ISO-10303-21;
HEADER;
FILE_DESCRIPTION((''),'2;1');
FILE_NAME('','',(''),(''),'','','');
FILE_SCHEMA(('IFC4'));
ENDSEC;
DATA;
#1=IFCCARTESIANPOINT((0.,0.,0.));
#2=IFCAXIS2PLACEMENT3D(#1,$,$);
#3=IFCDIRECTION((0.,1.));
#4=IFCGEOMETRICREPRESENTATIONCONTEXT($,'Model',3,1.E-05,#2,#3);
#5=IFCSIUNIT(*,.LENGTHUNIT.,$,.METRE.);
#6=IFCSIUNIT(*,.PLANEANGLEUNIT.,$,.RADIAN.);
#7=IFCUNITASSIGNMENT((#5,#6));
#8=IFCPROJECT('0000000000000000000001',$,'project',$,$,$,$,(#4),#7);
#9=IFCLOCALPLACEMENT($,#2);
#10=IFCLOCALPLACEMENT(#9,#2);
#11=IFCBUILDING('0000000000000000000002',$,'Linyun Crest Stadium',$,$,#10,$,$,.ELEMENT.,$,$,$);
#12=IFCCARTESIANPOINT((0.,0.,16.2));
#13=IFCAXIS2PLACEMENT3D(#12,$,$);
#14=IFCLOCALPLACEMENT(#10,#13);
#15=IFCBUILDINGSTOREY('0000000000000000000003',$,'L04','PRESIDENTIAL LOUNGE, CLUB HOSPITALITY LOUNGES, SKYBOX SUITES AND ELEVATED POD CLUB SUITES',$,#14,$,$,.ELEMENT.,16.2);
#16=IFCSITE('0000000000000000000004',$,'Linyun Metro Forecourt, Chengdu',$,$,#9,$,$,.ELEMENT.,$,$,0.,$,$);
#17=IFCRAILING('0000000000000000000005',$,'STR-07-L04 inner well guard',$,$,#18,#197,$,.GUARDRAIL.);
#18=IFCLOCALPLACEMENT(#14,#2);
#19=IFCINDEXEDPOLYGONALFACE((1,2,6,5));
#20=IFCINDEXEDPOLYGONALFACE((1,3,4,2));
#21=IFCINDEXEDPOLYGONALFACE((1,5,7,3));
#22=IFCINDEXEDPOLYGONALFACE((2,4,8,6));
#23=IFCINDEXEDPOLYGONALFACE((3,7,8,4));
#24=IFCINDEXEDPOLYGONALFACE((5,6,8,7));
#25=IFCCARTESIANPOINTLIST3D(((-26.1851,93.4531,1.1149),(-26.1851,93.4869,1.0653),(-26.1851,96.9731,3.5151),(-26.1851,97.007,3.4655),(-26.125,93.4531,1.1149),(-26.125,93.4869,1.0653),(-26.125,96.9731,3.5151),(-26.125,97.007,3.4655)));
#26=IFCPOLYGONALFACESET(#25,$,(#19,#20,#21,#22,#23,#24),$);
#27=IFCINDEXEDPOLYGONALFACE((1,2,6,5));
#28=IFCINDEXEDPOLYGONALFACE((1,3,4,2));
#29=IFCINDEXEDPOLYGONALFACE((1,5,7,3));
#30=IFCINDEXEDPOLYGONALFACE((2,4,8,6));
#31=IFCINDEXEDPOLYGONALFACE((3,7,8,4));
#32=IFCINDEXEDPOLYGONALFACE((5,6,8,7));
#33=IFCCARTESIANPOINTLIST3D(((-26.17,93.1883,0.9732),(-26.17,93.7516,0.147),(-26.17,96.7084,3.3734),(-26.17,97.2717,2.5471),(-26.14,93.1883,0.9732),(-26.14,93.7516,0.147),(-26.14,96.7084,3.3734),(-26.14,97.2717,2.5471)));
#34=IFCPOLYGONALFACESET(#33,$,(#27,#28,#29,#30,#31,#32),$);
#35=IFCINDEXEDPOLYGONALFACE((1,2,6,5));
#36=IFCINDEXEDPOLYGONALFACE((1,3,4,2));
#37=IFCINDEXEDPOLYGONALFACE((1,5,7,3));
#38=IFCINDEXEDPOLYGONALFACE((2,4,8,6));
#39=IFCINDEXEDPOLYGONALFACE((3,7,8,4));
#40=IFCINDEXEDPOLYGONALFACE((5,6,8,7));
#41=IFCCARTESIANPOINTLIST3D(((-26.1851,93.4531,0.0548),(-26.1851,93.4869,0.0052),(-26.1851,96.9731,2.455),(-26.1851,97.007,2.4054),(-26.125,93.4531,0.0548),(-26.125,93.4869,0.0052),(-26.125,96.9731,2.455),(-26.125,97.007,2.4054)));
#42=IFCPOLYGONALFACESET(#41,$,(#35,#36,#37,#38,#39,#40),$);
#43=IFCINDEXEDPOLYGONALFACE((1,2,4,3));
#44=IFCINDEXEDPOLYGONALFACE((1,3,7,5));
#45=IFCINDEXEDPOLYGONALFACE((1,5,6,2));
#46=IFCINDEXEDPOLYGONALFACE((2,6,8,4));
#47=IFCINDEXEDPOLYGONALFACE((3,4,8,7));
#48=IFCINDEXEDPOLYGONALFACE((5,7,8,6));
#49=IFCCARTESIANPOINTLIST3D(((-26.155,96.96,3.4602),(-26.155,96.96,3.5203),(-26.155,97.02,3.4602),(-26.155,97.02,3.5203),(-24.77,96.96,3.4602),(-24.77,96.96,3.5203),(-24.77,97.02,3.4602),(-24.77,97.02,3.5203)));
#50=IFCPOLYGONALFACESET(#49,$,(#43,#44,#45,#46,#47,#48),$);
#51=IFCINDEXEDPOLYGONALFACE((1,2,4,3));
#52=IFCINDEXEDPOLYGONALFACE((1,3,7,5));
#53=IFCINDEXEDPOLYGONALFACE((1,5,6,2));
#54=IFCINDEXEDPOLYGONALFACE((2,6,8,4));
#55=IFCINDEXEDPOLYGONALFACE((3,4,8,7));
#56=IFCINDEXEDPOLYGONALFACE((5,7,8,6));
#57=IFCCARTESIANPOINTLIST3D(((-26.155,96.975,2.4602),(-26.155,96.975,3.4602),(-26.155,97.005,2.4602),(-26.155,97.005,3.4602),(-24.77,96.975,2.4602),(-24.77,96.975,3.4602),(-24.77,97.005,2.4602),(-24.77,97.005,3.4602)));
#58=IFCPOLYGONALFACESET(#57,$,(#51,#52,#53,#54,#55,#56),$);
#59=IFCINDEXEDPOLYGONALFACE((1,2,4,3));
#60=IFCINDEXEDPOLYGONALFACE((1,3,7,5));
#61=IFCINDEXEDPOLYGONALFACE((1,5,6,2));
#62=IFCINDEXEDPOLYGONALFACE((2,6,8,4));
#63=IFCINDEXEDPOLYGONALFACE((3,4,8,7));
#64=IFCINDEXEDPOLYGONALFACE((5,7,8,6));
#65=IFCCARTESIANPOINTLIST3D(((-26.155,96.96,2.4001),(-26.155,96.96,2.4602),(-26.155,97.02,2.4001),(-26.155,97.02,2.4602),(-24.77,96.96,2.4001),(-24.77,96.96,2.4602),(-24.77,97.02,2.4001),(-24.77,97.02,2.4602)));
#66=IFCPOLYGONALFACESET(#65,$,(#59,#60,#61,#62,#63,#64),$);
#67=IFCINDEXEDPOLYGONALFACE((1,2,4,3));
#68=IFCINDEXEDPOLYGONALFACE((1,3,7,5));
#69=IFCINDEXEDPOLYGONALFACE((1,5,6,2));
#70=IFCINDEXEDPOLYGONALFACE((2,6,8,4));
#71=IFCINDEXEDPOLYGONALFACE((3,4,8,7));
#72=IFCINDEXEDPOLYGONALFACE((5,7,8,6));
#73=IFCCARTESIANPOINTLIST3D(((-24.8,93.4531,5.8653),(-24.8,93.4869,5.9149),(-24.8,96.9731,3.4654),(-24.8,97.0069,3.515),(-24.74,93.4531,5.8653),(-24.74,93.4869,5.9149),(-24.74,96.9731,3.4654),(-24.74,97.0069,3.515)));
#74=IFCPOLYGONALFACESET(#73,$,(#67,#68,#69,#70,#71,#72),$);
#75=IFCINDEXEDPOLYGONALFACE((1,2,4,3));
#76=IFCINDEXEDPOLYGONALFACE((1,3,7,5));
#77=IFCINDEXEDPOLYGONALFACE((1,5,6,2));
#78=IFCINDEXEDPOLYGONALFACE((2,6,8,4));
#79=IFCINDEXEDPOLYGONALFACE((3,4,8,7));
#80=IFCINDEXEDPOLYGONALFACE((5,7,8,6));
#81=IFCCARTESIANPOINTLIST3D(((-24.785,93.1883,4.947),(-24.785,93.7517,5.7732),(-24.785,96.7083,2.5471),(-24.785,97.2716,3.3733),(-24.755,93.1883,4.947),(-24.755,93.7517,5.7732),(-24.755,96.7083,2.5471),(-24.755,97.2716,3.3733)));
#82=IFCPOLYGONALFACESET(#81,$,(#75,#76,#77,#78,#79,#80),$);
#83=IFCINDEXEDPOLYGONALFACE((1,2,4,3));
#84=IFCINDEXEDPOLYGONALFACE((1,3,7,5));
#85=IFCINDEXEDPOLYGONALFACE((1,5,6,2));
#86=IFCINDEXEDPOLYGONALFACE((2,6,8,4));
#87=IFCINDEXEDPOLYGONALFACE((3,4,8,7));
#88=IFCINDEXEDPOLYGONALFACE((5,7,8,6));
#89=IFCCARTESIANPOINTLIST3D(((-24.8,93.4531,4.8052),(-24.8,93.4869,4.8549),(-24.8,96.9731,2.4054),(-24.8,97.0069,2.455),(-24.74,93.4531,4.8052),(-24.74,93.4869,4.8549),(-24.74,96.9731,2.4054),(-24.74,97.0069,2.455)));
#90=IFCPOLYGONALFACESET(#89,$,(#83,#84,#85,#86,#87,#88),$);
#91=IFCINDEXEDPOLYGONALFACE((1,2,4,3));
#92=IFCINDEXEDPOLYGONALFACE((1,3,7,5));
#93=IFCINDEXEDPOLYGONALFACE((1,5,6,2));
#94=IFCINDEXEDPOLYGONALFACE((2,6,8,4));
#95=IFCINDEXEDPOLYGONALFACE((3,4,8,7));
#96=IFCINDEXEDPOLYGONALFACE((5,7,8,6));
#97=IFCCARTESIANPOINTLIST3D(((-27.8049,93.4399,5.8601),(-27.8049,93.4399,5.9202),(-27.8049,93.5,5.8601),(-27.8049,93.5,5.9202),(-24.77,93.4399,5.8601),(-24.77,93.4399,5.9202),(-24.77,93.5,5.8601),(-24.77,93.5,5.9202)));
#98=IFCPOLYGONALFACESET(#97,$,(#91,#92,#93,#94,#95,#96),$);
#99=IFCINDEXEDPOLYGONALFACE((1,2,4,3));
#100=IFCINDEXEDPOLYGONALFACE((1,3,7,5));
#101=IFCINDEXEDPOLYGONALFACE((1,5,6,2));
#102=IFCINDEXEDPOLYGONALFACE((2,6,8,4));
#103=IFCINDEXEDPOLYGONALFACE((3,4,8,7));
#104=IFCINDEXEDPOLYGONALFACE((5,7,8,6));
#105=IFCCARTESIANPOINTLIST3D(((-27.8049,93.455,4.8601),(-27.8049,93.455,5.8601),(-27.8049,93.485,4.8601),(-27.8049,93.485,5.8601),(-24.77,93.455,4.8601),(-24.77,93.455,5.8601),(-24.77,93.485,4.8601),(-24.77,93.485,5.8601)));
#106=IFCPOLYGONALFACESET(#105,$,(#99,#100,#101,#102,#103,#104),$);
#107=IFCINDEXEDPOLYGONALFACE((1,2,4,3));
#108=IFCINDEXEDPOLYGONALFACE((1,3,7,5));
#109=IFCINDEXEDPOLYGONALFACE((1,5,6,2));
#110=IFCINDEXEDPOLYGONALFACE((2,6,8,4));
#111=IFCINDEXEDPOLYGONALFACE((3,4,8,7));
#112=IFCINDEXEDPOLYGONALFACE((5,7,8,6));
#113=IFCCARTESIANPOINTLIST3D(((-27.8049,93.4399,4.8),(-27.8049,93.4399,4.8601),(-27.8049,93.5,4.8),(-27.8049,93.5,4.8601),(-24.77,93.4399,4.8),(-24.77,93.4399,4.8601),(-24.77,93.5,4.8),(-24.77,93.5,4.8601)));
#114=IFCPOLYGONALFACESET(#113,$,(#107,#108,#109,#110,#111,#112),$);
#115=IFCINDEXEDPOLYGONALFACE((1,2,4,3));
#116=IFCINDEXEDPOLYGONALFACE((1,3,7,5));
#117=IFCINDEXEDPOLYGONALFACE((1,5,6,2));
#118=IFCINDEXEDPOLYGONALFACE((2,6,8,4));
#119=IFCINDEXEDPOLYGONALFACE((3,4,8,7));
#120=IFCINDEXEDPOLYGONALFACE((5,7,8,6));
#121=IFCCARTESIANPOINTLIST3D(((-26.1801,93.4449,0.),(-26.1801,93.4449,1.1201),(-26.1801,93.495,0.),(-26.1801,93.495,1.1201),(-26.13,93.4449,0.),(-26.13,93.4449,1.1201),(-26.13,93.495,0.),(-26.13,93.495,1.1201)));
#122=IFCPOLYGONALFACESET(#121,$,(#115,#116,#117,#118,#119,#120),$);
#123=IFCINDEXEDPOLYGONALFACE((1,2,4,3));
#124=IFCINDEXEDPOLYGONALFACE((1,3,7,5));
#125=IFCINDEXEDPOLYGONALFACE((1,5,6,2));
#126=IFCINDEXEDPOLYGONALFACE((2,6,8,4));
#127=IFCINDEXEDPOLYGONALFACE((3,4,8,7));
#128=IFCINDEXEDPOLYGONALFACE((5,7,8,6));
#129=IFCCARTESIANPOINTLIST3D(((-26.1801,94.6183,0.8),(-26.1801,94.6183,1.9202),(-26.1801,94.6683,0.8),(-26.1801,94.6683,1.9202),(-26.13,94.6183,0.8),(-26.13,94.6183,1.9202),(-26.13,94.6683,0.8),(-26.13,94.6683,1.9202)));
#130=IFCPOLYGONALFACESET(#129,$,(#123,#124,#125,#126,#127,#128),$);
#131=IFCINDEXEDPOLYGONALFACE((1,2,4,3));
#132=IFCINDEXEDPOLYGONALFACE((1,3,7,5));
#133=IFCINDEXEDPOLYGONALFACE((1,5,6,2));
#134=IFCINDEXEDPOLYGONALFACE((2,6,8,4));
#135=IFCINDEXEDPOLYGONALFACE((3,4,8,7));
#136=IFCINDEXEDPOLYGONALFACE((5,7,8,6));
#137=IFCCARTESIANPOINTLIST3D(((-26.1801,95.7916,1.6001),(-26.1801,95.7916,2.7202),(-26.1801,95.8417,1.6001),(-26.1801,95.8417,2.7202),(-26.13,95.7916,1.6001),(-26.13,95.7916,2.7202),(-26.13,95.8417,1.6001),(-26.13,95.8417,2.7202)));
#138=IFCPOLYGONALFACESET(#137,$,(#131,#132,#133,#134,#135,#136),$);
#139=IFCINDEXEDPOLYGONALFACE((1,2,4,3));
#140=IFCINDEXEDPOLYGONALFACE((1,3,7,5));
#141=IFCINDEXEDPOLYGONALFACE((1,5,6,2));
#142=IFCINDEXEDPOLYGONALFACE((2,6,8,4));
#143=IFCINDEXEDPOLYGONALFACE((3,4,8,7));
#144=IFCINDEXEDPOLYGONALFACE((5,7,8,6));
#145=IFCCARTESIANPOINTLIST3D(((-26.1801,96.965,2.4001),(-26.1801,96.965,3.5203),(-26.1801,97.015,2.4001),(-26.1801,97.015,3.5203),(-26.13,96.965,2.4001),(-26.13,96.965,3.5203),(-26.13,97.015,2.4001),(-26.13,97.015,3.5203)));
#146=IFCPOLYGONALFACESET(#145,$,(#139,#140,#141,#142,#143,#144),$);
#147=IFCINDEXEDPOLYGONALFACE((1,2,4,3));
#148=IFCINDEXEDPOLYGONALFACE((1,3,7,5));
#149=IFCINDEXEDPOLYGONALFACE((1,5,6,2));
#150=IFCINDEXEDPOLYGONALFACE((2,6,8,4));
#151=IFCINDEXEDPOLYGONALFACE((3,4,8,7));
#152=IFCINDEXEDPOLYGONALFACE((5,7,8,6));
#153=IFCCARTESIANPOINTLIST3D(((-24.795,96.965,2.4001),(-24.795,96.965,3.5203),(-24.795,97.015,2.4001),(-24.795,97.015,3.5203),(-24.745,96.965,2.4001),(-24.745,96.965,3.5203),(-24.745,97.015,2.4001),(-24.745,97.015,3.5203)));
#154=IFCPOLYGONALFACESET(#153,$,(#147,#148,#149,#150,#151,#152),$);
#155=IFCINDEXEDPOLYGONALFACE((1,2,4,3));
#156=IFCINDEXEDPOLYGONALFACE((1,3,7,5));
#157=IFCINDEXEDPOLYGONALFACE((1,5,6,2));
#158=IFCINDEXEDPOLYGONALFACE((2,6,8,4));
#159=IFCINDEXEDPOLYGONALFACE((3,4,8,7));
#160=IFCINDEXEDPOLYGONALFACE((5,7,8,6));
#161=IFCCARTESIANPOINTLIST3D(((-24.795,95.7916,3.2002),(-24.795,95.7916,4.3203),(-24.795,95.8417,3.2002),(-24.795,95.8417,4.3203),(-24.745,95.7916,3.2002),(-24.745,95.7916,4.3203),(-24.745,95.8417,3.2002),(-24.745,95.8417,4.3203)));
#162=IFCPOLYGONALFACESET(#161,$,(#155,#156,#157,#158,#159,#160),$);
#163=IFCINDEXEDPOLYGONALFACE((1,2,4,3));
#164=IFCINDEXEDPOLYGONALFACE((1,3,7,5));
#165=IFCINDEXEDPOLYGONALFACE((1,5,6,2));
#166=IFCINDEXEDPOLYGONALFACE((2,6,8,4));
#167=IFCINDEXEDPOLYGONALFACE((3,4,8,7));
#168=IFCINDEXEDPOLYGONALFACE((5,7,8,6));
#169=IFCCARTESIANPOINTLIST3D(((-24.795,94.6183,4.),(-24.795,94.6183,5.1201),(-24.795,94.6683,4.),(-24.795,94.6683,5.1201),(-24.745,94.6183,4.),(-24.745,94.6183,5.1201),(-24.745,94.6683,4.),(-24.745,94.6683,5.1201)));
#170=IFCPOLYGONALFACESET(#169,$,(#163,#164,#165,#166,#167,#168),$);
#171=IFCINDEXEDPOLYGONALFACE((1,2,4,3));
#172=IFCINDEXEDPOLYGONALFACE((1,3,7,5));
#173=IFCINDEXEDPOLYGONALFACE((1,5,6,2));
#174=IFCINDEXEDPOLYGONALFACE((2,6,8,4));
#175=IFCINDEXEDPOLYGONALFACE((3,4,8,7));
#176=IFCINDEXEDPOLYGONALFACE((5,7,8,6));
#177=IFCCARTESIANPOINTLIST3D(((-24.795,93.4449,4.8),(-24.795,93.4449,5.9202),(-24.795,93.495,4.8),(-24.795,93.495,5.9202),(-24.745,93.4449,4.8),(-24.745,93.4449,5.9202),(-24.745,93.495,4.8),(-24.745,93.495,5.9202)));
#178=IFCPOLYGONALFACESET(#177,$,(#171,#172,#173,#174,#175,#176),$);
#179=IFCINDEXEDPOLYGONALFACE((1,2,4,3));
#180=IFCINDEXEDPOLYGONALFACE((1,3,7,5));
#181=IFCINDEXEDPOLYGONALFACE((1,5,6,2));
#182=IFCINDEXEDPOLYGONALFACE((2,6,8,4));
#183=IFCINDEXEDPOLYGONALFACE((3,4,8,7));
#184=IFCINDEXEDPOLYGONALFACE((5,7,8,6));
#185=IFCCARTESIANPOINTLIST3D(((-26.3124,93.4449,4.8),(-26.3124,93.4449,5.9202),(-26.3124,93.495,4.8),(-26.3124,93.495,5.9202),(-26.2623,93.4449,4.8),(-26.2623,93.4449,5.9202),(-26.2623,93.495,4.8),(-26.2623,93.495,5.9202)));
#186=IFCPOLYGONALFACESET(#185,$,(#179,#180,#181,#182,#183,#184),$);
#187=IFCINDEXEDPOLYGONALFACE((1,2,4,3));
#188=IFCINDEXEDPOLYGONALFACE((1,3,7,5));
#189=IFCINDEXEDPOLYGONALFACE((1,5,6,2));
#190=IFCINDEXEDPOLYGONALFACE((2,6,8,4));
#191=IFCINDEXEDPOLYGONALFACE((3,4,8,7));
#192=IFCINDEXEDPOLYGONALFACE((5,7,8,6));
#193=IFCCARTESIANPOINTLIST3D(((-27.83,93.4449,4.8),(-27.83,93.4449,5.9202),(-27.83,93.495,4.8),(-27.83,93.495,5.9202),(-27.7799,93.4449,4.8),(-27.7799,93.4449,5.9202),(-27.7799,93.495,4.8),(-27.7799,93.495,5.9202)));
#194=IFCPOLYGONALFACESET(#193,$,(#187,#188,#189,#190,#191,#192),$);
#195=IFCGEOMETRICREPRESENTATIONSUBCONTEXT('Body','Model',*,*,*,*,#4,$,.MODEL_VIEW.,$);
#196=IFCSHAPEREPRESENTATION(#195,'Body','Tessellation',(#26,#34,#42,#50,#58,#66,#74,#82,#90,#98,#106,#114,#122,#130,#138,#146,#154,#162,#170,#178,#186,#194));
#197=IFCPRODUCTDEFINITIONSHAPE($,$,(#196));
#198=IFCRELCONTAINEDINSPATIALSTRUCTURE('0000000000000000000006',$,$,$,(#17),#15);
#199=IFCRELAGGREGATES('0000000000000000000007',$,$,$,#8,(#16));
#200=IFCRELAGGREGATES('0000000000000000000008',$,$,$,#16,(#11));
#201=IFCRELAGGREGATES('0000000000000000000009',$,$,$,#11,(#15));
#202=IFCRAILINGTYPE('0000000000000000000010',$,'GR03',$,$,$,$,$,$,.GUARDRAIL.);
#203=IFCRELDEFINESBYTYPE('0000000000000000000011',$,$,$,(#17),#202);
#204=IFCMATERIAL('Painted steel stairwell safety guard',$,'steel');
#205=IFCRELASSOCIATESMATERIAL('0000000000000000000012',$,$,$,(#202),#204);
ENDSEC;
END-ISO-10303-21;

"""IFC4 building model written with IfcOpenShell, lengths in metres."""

from ifc_helpers import new_model, si_unit, direction, frame, origin, origin_2d, place, context, subcontext, project, spatial, rectangle, extrude, material, type_object, element, save


model = new_model("IFC4")

# Units and contexts
model_context = context("Model", 3, precision=1e-05, world=origin(), true_north=direction((0.0, 1.0)))
body_context = subcontext(model_context, "Body", "Model", "MODEL_VIEW")
ifc_project = project(units=[si_unit("LENGTHUNIT", "METRE"), si_unit("PLANEANGLEUNIT", "RADIAN")], contexts=[model_context])

# Site, building, storey
site_placement = place(None, origin())
site = spatial("IfcSite", under=ifc_project, at=site_placement, Name="Linyun Metro Forecourt, Chengdu", CompositionType="ELEMENT", RefElevation=0.0)
building_placement = place(site_placement, origin())
building = spatial("IfcBuilding", under=site, at=building_placement, Name="Linyun Crest Stadium", CompositionType="ELEMENT")
storey_placement = place(building_placement, frame((0.0, 0.0, 16.2)))
storey = spatial("IfcBuildingStorey", under=building, at=storey_placement, Name="L04", Description="PRESIDENTIAL LOUNGE, CLUB HOSPITALITY LOUNGES, SKYBOX SUITES AND ELEVATED POD CLUB SUITES", CompositionType="ELEMENT", Elevation=16.2)

# Railing
ifc_material_1 = material(Name="Painted steel stairwell safety guard", Category="steel")
railing_type_1 = type_object("IfcRailingType", Name="GR03", PredefinedType="GUARDRAIL", material=ifc_material_1)
railing_1_placement = place(storey_placement, frame((-26.155, 93.47, 0.0)))
element("IfcRailing", 1, at=railing_1_placement, inside=storey, type_object=railing_type_1, Name="STR-07-L04 inner well guard", PredefinedType="GUARDRAIL", context=body_context, shape_type="SweptSolid", body=[
    extrude(rectangle(XDim=0.0601, YDim=0.0601, at=origin_2d()), frame((0.0, 0.0, 1.0901), z_axis=(0.0, 0.826213, 0.563358), x_axis=(-1.0, 0.0, 0.0)), (0.0, 0.0, 1.0), 4.2605),
    extrude(rectangle(XDim=0.03, YDim=1.0, at=origin_2d()), frame((0.0, 0.0, 0.5601), z_axis=(0.0, 0.826213, 0.563358), x_axis=(-1.0, 0.0, 0.0)), (0.0, 0.0, 1.0), 4.2605),
    extrude(rectangle(XDim=0.0601, YDim=0.0601, at=origin_2d()), frame((0.0, 0.0, 0.03), z_axis=(0.0, 0.826213, 0.563358), x_axis=(-1.0, 0.0, 0.0)), (0.0, 0.0, 1.0), 4.2605),
    extrude(rectangle(XDim=0.0601, YDim=0.0601, at=origin_2d()), frame((0.0, 3.52, 3.4902), z_axis=(1.0, 0.0, 0.0), x_axis=(0.0, 1.0, 0.0)), (0.0, 0.0, 1.0), 1.385),
    extrude(rectangle(XDim=0.03, YDim=1.0, at=origin_2d()), frame((0.0, 3.52, 2.9602), z_axis=(1.0, 0.0, 0.0), x_axis=(0.0, 1.0, 0.0)), (0.0, 0.0, 1.0), 1.385),
    extrude(rectangle(XDim=0.0601, YDim=0.0601, at=origin_2d()), frame((0.0, 3.52, 2.4302), z_axis=(1.0, 0.0, 0.0), x_axis=(0.0, 1.0, 0.0)), (0.0, 0.0, 1.0), 1.385),
    extrude(rectangle(XDim=0.0601, YDim=0.0601, at=origin_2d()), frame((1.385, 3.52, 3.4902), z_axis=(0.0, -0.826239, 0.563319), x_axis=(1.0, 0.0, 0.0)), (0.0, 0.0, 1.0), 4.2603),
    extrude(rectangle(XDim=0.03, YDim=1.0, at=origin_2d()), frame((1.385, 3.52, 2.9602), z_axis=(0.0, -0.826239, 0.563319), x_axis=(1.0, 0.0, 0.0)), (0.0, 0.0, 1.0), 4.2603),
    extrude(rectangle(XDim=0.0601, YDim=0.0601, at=origin_2d()), frame((1.385, 3.52, 2.4302), z_axis=(0.0, -0.826239, 0.563319), x_axis=(1.0, 0.0, 0.0)), (0.0, 0.0, 1.0), 4.2603),
    extrude(rectangle(XDim=0.0601, YDim=0.0601, at=origin_2d()), frame((1.385, 0.0, 5.8901), z_axis=(-1.0, 0.0, 0.0), x_axis=(0.0, -1.0, 0.0)), (0.0, 0.0, 1.0), 3.0349),
    extrude(rectangle(XDim=0.03, YDim=1.0, at=origin_2d()), frame((1.385, 0.0, 5.3601), z_axis=(-1.0, 0.0, 0.0), x_axis=(0.0, -1.0, 0.0)), (0.0, 0.0, 1.0), 3.0349),
    extrude(rectangle(XDim=0.0601, YDim=0.0601, at=origin_2d()), frame((1.385, 0.0, 4.8301), z_axis=(-1.0, 0.0, 0.0), x_axis=(0.0, -1.0, 0.0)), (0.0, 0.0, 1.0), 3.0349),
    extrude(rectangle(XDim=0.05, YDim=0.05, at=origin_2d()), origin(), (0.0, 0.0, 1.0), 1.1201),
    extrude(rectangle(XDim=0.05, YDim=0.05, at=origin_2d()), frame((0.0, 1.1733, 0.8)), (0.0, 0.0, 1.0), 1.1201),
    extrude(rectangle(XDim=0.05, YDim=0.05, at=origin_2d()), frame((0.0, 2.3467, 1.6001)), (0.0, 0.0, 1.0), 1.1201),
    extrude(rectangle(XDim=0.05, YDim=0.05, at=origin_2d()), frame((0.0, 3.52, 2.4001)), (0.0, 0.0, 1.0), 1.1201),
    extrude(rectangle(XDim=0.05, YDim=0.05, at=origin_2d()), frame((1.385, 3.52, 2.4001)), (0.0, 0.0, 1.0), 1.1201),
    extrude(rectangle(XDim=0.05, YDim=0.05, at=origin_2d()), frame((1.385, 2.3467, 3.2002)), (0.0, 0.0, 1.0), 1.1201),
    extrude(rectangle(XDim=0.05, YDim=0.05, at=origin_2d()), frame((1.385, 1.1733, 4.0)), (0.0, 0.0, 1.0), 1.1201),
    extrude(rectangle(XDim=0.05, YDim=0.05, at=origin_2d()), frame((1.385, 0.0, 4.8)), (0.0, 0.0, 1.0), 1.1201),
    extrude(rectangle(XDim=0.05, YDim=0.05, at=origin_2d()), frame((-0.1323, 0.0, 4.8)), (0.0, 0.0, 1.0), 1.1201),
    extrude(rectangle(XDim=0.05, YDim=0.05, at=origin_2d()), frame((-1.6499, 0.0, 4.8)), (0.0, 0.0, 1.0), 1.1201),
])

save(model, "model.ifc")
